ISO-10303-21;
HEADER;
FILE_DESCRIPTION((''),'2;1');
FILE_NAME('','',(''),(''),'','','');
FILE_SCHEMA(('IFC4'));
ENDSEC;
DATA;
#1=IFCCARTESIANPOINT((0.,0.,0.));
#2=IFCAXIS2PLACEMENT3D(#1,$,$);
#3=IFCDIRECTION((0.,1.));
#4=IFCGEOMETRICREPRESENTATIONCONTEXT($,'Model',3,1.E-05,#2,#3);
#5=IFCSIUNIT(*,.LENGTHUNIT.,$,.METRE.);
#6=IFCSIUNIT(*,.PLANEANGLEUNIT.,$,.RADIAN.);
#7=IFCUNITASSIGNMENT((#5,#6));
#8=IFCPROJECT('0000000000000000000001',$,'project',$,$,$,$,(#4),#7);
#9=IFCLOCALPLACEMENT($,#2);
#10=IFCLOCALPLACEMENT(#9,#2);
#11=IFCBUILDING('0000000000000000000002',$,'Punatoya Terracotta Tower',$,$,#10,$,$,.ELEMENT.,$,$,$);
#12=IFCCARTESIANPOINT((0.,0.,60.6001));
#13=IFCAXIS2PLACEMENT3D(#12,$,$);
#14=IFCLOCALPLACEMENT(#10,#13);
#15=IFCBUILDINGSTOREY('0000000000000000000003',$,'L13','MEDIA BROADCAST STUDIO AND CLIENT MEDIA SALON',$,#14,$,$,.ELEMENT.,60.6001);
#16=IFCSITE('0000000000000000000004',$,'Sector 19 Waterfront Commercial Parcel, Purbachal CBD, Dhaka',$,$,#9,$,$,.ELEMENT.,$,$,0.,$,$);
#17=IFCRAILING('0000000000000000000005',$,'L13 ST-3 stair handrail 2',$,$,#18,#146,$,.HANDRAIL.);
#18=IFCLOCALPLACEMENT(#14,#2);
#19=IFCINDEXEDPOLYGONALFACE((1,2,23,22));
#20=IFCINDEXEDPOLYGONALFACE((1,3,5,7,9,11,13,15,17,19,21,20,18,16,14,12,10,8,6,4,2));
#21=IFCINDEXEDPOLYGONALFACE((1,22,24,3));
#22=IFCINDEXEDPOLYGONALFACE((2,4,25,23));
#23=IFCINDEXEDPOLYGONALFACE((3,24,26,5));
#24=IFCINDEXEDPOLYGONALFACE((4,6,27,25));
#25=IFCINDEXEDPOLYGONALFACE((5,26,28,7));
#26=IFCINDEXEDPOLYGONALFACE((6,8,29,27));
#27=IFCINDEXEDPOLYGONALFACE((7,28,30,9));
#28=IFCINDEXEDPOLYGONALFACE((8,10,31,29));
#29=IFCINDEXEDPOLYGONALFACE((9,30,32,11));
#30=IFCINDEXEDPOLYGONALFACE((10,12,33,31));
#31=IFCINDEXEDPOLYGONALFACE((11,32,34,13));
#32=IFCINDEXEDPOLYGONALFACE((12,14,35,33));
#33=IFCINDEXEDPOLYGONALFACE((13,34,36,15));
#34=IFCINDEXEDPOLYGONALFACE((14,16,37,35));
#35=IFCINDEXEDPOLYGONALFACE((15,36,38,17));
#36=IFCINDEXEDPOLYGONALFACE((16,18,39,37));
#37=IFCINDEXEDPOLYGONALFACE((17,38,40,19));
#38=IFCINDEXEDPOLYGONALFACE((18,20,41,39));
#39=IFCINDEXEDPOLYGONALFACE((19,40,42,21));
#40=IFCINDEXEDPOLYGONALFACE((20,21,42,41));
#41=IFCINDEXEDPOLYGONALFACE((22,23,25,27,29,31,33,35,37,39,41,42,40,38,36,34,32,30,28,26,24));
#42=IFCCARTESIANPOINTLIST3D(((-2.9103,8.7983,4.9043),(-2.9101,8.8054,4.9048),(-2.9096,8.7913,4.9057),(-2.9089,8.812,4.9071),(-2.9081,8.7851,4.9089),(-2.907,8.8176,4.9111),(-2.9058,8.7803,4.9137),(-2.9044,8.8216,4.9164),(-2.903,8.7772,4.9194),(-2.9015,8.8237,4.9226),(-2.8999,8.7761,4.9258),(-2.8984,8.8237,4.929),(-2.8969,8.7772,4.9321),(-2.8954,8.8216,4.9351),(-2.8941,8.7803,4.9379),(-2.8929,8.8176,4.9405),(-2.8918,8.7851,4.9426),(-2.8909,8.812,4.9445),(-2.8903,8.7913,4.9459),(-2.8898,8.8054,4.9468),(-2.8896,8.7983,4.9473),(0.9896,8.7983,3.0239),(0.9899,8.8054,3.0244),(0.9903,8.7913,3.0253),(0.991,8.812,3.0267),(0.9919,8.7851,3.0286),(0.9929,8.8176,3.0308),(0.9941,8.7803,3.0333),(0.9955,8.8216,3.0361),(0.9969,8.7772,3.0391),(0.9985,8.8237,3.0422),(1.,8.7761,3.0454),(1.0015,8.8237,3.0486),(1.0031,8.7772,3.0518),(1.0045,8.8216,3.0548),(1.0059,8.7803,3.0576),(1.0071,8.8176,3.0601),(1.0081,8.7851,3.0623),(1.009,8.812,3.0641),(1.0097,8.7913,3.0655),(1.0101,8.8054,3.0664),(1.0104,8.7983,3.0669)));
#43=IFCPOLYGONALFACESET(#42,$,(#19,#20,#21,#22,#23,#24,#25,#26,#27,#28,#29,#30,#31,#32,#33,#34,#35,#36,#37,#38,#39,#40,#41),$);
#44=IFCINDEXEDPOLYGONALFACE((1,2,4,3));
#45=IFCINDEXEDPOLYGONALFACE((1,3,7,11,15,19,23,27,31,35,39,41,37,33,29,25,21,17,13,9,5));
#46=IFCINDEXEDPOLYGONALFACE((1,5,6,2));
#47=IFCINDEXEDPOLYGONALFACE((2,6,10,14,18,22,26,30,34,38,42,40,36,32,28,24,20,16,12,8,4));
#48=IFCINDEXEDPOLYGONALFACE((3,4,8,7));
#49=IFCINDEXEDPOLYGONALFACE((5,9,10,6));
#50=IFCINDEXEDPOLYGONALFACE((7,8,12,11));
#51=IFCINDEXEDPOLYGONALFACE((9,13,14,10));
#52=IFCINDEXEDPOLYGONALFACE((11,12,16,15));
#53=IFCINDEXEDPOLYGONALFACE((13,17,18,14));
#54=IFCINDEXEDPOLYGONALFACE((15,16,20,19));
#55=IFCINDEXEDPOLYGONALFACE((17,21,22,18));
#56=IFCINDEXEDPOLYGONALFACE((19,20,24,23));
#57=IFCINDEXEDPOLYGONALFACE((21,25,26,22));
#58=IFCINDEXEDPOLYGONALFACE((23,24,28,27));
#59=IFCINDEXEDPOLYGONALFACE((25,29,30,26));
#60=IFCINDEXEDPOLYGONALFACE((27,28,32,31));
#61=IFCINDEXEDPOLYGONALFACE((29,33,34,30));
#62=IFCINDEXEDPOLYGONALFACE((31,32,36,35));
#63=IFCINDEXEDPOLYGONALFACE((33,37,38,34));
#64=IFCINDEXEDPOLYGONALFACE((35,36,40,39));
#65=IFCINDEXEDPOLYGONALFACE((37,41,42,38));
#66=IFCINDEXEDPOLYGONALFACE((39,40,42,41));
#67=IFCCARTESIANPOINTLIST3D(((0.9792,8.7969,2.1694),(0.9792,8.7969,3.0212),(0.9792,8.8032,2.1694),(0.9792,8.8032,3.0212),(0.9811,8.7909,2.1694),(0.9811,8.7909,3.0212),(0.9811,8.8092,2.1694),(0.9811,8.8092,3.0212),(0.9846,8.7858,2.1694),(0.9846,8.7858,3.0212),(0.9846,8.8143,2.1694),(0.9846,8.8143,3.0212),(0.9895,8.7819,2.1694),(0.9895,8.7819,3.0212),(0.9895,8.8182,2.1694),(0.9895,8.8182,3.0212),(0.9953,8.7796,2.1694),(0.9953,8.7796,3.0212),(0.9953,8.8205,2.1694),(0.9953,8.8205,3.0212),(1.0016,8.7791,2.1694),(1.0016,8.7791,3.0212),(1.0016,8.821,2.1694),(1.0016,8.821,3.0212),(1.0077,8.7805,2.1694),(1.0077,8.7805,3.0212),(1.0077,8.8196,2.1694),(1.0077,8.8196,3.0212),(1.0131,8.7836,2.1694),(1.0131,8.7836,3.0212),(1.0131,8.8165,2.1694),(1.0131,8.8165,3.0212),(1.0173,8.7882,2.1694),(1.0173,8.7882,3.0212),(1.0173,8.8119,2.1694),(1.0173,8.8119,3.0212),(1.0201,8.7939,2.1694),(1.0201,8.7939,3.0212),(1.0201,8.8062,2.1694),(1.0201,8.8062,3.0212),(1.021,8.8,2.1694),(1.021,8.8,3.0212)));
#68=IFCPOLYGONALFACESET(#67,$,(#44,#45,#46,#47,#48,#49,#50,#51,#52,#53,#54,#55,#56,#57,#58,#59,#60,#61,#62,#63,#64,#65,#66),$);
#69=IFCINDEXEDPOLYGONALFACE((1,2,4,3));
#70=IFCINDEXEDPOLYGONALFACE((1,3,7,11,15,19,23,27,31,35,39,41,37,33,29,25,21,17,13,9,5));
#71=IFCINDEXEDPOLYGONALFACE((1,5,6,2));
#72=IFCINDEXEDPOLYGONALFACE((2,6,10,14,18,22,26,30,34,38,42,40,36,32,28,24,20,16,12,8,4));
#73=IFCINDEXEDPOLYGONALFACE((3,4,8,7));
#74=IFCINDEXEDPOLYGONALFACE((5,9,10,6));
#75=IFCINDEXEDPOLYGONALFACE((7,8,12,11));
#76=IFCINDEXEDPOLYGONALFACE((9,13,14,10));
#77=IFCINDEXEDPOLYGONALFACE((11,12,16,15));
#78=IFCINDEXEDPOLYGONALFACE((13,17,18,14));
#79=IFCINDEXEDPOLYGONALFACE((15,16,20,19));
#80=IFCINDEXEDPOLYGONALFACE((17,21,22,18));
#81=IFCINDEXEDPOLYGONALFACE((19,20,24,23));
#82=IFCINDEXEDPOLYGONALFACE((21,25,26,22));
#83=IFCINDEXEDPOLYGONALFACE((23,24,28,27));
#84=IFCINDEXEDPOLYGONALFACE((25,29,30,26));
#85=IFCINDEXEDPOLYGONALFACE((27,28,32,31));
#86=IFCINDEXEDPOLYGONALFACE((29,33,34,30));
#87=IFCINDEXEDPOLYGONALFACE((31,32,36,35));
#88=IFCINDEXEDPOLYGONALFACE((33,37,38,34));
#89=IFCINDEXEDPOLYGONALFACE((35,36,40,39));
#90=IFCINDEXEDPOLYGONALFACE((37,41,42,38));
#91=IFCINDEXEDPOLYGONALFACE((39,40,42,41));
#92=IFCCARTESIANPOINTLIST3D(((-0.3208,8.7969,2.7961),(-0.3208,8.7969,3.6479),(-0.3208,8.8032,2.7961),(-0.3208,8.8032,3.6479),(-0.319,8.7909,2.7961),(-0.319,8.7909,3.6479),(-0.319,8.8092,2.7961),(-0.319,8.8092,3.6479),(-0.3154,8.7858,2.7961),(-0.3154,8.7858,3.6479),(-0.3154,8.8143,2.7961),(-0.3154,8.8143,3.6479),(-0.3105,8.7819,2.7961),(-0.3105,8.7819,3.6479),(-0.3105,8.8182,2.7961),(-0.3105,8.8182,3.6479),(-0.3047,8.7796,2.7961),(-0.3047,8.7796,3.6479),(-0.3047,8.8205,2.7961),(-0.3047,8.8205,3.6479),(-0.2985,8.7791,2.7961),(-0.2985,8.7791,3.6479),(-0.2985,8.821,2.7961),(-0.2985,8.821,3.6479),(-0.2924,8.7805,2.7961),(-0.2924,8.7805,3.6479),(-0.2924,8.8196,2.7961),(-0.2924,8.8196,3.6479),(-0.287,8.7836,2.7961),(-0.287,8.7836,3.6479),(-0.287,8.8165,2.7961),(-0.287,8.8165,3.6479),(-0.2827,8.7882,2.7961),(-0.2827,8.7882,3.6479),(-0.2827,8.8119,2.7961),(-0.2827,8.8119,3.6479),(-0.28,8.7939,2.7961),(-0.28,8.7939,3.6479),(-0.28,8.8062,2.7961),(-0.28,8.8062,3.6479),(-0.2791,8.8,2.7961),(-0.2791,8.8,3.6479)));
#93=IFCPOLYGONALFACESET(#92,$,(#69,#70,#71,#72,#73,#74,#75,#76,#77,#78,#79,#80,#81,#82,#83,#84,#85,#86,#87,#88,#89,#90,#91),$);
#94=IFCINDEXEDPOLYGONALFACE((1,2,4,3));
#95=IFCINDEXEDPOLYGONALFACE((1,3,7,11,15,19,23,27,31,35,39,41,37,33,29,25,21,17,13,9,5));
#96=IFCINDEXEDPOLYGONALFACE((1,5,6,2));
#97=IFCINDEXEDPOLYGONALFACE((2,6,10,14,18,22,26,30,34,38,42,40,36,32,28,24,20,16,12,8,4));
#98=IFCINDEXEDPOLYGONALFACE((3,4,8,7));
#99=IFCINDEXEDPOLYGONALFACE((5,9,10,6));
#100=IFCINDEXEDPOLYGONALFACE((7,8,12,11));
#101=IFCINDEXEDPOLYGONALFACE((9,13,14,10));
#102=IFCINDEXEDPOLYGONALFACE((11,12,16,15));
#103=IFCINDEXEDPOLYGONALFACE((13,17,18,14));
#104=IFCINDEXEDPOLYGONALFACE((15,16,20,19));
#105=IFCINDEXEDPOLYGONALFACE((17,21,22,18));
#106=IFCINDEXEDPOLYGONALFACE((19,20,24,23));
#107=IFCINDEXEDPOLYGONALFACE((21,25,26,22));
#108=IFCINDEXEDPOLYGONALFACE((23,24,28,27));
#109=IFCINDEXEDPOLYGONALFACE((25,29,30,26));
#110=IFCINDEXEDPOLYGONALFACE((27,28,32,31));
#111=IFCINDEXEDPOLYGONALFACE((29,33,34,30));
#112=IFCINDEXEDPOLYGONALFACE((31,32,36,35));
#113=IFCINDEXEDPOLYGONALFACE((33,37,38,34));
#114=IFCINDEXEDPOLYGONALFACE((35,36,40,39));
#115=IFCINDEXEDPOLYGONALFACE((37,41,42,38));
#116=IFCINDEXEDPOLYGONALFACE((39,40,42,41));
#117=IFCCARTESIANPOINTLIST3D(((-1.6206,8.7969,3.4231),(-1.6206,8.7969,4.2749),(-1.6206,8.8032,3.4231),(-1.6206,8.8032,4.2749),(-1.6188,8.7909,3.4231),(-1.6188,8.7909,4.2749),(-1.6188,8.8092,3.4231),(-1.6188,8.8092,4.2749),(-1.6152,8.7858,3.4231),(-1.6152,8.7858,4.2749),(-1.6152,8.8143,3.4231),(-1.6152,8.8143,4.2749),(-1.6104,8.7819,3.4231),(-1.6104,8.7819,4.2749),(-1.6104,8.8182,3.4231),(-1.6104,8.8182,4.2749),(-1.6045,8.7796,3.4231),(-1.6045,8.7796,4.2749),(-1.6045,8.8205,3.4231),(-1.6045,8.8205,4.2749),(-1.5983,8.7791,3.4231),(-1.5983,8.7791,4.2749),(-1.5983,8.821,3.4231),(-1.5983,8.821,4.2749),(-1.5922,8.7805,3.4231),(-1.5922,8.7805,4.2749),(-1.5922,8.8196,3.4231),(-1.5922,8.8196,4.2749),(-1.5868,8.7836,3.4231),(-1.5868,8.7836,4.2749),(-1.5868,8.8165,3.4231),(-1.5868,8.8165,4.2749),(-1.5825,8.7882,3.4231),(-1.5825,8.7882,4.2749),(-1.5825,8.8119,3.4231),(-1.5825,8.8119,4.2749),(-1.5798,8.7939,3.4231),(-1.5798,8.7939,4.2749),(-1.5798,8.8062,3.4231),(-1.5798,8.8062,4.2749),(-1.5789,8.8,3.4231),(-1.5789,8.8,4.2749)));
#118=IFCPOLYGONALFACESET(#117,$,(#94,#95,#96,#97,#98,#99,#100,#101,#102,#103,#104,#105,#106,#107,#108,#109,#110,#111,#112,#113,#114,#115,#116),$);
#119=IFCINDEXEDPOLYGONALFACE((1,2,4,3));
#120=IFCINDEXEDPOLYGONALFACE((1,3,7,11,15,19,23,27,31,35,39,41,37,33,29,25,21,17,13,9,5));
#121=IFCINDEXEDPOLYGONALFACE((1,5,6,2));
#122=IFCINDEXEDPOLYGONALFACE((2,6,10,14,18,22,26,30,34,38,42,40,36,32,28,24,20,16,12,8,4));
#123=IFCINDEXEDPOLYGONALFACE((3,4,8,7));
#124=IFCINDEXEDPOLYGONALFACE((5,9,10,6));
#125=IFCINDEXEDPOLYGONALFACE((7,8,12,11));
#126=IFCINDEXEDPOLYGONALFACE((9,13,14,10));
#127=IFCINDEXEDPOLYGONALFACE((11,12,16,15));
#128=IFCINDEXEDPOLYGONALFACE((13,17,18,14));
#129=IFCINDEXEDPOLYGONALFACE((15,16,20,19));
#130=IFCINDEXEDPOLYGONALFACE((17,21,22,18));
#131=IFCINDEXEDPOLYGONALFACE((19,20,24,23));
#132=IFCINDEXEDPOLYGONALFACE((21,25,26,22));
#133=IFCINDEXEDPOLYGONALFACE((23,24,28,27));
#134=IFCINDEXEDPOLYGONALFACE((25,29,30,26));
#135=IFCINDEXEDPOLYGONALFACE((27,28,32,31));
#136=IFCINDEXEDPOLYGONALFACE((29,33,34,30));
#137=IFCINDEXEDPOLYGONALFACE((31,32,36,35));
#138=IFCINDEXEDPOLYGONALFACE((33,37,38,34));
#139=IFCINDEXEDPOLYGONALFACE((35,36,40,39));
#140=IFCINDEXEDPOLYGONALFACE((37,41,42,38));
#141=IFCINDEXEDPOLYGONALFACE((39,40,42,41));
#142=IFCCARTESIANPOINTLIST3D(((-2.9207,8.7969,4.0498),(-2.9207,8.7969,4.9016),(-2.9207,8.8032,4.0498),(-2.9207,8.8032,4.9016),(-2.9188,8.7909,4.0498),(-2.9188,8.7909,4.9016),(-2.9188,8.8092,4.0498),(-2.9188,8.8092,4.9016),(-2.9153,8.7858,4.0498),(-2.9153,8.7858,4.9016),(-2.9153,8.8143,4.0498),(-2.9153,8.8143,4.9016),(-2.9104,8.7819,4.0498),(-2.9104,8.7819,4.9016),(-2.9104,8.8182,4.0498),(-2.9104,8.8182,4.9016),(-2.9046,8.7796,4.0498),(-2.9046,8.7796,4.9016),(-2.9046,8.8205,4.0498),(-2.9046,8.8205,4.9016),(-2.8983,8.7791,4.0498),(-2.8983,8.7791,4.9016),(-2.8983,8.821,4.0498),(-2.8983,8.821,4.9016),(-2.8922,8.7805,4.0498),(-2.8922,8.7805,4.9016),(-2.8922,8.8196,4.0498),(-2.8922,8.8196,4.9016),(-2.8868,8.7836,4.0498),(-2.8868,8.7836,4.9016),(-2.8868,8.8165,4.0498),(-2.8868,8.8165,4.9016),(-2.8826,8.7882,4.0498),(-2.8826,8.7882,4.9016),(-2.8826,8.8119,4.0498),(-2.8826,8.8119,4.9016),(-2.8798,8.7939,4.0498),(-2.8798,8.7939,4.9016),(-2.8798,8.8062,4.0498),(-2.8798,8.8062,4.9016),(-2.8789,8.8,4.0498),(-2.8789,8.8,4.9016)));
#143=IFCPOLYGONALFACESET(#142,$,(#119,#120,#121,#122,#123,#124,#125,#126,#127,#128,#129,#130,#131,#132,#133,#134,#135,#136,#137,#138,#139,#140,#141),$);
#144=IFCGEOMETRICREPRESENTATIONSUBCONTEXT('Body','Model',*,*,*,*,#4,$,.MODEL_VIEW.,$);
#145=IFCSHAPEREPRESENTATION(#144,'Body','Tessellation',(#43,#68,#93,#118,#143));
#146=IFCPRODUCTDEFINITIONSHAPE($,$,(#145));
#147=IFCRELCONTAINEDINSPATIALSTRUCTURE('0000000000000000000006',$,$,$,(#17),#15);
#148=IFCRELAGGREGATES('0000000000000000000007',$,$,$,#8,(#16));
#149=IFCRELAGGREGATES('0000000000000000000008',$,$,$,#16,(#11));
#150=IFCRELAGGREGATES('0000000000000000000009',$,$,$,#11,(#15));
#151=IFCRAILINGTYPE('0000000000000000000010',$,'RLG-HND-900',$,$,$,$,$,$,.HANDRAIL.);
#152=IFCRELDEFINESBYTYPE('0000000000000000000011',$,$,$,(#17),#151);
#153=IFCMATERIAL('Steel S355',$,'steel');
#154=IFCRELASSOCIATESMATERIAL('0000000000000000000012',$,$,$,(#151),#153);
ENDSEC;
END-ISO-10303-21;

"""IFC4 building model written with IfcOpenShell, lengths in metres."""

from ifc_helpers import new_model, si_unit, direction, frame, origin, origin_2d, place, context, subcontext, project, spatial, circle, extrude, material, type_object, element, save


model = new_model("IFC4")

# Units and contexts
model_context = context("Model", 3, precision=1e-05, world=origin(), true_north=direction((0.0, 1.0)))
body_context = subcontext(model_context, "Body", "Model", "MODEL_VIEW")
ifc_project = project(units=[si_unit("LENGTHUNIT", "METRE"), si_unit("PLANEANGLEUNIT", "RADIAN")], contexts=[model_context])

# Site, building, storey
site_placement = place(None, origin())
site = spatial("IfcSite", under=ifc_project, at=site_placement, Name="Sector 19 Waterfront Commercial Parcel, Purbachal CBD, Dhaka", CompositionType="ELEMENT", RefElevation=0.0)
building_placement = place(site_placement, origin())
building = spatial("IfcBuilding", under=site, at=building_placement, Name="Punatoya Terracotta Tower", CompositionType="ELEMENT")
storey_placement = place(building_placement, frame((0.0, 0.0, 60.6001)))
storey = spatial("IfcBuildingStorey", under=building, at=storey_placement, Name="L13", Description="MEDIA BROADCAST STUDIO AND CLIENT MEDIA SALON", CompositionType="ELEMENT", Elevation=60.6001)

# Railing
ifc_material_1 = material(Name="Steel S355", Category="steel")
railing_type_1 = type_object("IfcRailingType", Name="RLG-HND-900", PredefinedType="HANDRAIL", material=ifc_material_1)
railing_1_placement = place(storey_placement, frame((1.0, 8.8, 2.1694)))
element("IfcRailing", 1, at=railing_1_placement, inside=storey, type_object=railing_type_1, Name="L13 ST-3 stair handrail 2", PredefinedType="HANDRAIL", context=body_context, shape_type="SweptSolid", body=[
    extrude(circle(Radius=0.0239, at=origin_2d()), frame((0.0, 0.0, 0.876), z_axis=(-0.900763, 0.0, 0.434311), x_axis=(0.0, -1.0, 0.0)), (0.0, 0.0, 1.0), 4.3296),
    extrude(circle(Radius=0.021, at=origin_2d()), origin(), (0.0, 0.0, 1.0), 0.8518),
    extrude(circle(Radius=0.021, at=origin_2d()), frame((-1.3, 0.0, 0.6267)), (0.0, 0.0, 1.0), 0.8518),
    extrude(circle(Radius=0.021, at=origin_2d()), frame((-2.5999, 0.0, 1.2537)), (0.0, 0.0, 1.0), 0.8518),
    extrude(circle(Radius=0.021, at=origin_2d()), frame((-3.8999, 0.0, 1.8804)), (0.0, 0.0, 1.0), 0.8518),
])

save(model, "model.ifc")
